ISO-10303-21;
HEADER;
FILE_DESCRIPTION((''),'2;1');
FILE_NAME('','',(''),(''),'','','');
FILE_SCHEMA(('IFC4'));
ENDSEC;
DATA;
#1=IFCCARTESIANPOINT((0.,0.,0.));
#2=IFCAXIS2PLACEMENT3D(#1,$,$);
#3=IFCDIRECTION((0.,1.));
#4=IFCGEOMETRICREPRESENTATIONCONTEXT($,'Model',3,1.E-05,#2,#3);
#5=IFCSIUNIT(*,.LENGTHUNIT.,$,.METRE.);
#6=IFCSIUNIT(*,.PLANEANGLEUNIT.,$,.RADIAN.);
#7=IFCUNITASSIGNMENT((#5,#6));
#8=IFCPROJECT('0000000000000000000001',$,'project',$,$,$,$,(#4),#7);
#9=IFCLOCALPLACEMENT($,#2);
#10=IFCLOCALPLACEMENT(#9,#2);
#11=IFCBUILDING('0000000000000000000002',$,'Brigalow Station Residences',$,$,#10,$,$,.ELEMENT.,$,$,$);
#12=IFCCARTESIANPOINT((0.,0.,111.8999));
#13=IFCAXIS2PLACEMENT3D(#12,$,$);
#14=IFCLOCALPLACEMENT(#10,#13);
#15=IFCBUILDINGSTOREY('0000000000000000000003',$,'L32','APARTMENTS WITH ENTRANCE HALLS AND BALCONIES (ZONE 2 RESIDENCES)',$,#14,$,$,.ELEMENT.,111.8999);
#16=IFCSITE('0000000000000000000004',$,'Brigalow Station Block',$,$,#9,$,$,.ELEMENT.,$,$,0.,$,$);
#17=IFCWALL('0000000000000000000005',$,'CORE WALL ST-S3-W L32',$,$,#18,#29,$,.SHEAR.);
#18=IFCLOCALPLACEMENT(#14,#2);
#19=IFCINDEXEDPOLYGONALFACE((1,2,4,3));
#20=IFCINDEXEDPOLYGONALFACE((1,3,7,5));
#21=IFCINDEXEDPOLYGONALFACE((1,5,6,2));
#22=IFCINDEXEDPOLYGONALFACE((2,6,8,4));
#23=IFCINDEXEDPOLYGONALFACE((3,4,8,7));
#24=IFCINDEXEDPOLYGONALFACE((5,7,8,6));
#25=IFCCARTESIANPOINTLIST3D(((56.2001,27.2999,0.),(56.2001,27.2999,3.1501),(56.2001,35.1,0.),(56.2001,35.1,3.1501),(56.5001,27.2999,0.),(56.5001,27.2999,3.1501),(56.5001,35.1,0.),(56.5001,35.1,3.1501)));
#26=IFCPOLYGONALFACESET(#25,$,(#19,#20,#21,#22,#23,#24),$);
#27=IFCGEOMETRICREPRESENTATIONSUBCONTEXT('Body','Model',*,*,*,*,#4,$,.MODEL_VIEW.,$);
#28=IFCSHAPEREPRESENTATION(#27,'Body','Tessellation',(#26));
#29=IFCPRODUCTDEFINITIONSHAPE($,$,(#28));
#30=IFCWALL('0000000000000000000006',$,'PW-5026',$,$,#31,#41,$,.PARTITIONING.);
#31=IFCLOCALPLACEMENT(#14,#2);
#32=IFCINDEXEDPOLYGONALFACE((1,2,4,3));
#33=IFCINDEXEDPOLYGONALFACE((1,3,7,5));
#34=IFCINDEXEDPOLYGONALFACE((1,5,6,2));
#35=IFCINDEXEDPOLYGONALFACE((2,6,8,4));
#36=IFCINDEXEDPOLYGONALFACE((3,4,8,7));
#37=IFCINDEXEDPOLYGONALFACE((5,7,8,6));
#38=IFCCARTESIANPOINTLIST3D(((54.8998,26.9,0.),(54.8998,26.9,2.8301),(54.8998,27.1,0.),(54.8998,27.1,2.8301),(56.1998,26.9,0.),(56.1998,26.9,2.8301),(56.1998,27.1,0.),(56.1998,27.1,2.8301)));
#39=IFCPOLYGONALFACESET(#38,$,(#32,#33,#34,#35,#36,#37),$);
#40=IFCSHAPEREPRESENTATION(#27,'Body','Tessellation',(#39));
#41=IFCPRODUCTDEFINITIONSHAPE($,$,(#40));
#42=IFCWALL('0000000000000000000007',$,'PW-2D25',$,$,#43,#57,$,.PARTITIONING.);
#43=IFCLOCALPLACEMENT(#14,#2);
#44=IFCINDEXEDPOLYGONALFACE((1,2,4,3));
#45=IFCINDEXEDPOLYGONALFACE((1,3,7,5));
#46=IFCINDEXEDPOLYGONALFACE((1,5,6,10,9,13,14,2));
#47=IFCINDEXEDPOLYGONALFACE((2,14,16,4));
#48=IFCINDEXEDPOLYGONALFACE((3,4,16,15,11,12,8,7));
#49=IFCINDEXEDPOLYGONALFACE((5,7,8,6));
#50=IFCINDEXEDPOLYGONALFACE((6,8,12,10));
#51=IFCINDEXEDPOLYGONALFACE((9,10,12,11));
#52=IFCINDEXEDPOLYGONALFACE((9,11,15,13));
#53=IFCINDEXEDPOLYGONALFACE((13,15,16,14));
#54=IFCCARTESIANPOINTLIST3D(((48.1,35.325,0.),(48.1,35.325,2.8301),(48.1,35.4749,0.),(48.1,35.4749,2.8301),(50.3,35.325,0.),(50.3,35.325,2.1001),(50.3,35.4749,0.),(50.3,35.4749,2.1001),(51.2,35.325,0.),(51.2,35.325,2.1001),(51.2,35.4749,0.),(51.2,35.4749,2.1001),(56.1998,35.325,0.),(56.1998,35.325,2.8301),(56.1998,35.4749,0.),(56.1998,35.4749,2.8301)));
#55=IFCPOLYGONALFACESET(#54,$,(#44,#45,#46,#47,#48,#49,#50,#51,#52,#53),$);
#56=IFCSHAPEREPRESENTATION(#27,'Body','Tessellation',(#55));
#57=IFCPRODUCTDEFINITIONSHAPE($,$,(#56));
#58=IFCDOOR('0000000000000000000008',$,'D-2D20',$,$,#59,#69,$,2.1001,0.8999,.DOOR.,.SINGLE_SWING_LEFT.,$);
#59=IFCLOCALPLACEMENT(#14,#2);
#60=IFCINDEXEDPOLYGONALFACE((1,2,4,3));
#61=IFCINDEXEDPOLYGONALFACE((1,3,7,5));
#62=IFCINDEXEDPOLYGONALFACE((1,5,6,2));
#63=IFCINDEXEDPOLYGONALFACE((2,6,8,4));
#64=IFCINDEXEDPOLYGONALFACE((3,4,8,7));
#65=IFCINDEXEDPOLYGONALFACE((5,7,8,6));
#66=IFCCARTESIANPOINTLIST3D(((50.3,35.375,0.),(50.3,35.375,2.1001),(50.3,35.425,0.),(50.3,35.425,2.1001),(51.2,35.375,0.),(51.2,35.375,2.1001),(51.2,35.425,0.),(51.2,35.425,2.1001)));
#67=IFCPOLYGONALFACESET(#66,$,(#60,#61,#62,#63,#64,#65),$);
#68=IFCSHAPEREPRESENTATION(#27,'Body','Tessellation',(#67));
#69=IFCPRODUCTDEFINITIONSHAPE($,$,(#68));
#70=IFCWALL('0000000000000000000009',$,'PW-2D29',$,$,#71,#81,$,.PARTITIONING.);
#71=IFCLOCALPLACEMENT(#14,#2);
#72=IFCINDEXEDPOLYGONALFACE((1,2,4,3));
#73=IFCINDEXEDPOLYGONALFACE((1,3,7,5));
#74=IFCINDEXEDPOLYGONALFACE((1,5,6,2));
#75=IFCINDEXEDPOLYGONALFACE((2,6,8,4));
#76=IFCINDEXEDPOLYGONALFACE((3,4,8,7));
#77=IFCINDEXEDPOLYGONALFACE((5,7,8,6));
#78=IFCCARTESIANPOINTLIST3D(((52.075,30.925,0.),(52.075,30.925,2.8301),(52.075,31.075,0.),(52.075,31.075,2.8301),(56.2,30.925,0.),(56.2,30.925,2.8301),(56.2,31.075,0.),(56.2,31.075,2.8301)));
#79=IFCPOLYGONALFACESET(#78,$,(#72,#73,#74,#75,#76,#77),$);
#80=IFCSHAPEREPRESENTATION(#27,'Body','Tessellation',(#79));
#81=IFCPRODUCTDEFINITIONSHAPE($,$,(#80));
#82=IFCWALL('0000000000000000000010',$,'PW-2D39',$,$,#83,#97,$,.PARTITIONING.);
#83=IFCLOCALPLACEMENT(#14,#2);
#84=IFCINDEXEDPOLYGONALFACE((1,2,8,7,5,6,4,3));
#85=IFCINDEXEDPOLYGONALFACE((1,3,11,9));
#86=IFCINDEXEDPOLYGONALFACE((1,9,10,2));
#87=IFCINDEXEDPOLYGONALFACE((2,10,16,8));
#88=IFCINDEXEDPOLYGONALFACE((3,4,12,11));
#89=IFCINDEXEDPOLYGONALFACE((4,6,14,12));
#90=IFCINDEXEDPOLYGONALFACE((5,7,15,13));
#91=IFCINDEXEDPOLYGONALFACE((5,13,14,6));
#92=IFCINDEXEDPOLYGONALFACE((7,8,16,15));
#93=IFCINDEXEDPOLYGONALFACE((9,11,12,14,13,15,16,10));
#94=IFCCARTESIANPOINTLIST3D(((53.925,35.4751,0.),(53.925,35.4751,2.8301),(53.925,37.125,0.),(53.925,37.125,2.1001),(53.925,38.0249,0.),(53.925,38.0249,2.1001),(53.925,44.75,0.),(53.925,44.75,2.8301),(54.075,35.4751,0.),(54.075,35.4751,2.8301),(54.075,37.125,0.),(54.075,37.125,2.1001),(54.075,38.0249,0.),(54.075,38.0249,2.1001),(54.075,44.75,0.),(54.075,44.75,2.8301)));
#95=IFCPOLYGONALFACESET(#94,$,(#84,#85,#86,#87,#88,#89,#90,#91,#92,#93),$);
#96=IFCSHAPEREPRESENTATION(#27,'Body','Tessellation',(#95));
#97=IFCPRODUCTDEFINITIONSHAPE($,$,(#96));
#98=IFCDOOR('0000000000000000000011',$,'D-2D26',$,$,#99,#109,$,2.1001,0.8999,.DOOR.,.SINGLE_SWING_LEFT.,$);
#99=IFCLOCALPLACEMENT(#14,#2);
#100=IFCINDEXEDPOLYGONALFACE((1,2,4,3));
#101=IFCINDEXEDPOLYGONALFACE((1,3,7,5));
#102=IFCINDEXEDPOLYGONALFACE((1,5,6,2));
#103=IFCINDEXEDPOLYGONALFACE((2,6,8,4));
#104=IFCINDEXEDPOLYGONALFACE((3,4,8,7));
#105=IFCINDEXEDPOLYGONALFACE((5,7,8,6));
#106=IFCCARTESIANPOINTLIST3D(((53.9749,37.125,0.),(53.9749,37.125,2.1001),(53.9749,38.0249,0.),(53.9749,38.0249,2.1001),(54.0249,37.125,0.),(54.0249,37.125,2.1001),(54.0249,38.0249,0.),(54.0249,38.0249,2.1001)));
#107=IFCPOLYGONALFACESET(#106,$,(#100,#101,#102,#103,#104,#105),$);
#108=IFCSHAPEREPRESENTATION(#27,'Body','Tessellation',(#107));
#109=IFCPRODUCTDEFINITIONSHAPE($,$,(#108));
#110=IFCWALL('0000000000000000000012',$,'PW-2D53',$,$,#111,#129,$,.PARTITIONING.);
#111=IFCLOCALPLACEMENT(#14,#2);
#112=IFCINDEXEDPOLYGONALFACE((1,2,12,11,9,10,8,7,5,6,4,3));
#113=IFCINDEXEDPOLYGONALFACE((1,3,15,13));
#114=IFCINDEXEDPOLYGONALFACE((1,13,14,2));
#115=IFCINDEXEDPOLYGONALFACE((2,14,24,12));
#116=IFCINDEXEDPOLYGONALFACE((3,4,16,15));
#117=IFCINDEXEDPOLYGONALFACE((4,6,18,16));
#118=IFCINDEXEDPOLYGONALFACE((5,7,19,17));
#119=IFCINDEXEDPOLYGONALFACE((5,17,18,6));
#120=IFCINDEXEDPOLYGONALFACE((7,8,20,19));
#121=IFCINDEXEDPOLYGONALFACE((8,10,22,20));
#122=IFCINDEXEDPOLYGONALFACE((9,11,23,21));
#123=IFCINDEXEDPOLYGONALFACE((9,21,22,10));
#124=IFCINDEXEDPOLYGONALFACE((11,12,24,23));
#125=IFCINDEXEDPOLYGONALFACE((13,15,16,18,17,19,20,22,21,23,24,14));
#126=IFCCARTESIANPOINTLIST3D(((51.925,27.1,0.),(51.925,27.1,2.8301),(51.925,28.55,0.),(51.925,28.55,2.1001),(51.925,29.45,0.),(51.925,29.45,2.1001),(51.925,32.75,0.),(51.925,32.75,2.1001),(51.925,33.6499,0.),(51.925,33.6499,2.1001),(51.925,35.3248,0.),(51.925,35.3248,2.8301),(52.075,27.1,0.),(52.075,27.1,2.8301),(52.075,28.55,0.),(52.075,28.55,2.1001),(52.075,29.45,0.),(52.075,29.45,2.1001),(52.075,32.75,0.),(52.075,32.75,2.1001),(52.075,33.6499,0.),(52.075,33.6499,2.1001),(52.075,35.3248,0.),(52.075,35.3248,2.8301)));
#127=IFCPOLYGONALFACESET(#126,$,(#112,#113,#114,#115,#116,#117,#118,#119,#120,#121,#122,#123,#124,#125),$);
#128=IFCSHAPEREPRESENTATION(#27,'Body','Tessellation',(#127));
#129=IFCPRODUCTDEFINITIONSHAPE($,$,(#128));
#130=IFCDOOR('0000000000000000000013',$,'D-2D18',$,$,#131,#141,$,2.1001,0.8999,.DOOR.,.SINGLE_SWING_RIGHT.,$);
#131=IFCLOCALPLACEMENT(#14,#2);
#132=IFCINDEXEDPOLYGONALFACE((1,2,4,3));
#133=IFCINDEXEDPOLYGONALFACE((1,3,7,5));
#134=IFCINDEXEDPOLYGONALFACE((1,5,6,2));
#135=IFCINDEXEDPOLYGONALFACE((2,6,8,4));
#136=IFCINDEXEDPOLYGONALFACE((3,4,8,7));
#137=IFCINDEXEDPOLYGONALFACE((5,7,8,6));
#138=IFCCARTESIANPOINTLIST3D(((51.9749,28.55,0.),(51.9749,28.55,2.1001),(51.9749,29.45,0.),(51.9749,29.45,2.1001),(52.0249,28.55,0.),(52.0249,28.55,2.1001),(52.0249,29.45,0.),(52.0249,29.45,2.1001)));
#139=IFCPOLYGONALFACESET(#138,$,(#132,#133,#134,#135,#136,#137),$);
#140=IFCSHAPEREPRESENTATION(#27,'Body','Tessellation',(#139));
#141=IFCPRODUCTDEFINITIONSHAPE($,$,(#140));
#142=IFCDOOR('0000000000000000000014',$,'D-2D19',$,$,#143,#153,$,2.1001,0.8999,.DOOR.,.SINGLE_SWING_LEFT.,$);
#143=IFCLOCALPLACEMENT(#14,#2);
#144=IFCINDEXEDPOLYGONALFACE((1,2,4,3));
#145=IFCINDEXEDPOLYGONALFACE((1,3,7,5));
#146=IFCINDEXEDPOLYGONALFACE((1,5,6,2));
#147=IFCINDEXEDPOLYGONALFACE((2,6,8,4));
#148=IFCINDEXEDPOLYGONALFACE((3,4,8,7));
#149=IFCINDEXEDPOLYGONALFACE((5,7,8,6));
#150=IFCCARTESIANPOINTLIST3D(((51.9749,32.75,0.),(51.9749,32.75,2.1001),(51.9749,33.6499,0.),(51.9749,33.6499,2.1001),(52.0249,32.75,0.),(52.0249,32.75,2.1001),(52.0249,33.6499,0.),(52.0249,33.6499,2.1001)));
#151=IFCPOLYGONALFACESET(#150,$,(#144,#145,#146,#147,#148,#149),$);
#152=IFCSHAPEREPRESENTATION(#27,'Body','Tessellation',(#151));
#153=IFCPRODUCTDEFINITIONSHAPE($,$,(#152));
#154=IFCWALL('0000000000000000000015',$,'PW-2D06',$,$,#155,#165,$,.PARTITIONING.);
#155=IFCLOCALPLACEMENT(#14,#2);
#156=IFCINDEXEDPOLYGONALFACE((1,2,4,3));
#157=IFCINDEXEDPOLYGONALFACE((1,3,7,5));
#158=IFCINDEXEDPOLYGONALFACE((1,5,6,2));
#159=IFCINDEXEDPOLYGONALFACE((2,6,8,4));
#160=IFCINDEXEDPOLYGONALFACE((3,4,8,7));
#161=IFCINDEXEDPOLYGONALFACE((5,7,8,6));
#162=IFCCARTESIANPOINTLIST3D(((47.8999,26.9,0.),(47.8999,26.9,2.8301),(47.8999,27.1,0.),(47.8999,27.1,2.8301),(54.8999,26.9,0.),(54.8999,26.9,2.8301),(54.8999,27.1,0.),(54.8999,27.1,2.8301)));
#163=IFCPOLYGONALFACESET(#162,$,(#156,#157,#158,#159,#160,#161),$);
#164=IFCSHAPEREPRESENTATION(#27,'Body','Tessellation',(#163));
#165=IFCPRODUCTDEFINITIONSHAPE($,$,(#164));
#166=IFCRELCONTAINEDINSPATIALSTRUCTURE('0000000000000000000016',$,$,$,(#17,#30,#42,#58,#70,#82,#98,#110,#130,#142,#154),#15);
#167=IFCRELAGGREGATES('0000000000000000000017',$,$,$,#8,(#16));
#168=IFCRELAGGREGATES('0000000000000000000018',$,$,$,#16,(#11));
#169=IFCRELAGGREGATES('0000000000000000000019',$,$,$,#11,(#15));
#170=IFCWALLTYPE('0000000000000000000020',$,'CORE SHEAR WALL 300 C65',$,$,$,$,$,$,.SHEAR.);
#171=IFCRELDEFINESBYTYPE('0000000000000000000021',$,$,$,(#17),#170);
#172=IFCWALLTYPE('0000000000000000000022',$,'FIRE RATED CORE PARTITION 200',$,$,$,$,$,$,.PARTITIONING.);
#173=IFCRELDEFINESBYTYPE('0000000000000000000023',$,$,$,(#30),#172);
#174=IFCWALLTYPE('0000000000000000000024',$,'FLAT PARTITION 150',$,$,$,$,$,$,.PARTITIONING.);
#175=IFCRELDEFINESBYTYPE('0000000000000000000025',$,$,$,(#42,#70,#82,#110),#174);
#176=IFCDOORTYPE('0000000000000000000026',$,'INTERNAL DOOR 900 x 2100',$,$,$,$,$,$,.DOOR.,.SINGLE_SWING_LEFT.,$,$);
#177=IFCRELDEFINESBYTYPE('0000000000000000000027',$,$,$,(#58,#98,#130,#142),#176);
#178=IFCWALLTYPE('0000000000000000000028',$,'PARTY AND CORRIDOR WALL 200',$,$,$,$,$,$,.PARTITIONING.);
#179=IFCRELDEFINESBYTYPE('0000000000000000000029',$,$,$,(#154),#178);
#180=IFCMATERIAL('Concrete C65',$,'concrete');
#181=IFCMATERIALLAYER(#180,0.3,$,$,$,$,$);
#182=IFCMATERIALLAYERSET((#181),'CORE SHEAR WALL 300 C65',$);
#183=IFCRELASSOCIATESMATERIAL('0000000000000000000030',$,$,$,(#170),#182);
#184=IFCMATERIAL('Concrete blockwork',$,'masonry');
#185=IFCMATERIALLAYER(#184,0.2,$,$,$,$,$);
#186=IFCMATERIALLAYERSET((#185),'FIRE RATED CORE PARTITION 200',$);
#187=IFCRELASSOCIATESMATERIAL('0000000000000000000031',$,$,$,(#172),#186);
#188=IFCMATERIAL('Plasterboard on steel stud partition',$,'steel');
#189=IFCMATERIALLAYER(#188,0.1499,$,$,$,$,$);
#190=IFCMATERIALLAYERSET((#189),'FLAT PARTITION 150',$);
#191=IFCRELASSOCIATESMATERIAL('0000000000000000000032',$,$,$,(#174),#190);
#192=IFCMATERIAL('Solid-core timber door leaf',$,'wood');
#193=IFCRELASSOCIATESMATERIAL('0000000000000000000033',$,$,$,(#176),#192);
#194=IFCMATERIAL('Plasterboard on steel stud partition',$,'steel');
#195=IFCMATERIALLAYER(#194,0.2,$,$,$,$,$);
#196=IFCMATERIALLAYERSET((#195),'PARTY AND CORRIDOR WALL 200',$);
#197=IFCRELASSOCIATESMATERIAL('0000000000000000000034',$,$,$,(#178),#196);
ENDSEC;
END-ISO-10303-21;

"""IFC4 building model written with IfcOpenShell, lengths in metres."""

from ifc_helpers import new_model, si_unit, direction, frame, frame_2d, origin, place, context, subcontext, project, spatial, rectangle, extrude, material, layer, layer_set, type_object, element, fill, save


model = new_model("IFC4")

# Units and contexts
model_context = context("Model", 3, precision=1e-05, world=origin(), true_north=direction((0.0, 1.0)))
body_context = subcontext(model_context, "Body", "Model", "MODEL_VIEW")
ifc_project = project(units=[si_unit("LENGTHUNIT", "METRE"), si_unit("PLANEANGLEUNIT", "RADIAN")], contexts=[model_context])

# Site, building, storey
site_placement = place(None, origin())
site = spatial("IfcSite", under=ifc_project, at=site_placement, Name="Brigalow Station Block", CompositionType="ELEMENT", RefElevation=0.0)
building_placement = place(site_placement, origin())
building = spatial("IfcBuilding", under=site, at=building_placement, Name="Brigalow Station Residences", CompositionType="ELEMENT")
storey_placement = place(building_placement, frame((0.0, 0.0, 111.8999)))
storey = spatial("IfcBuildingStorey", under=building, at=storey_placement, Name="L32", Description="APARTMENTS WITH ENTRANCE HALLS AND BALCONIES (ZONE 2 RESIDENCES)", CompositionType="ELEMENT", Elevation=111.8999)

# Shared definitions
ifc_material_1 = material(Name="Concrete C65", Category="concrete")
ifc_layer_1 = layer(ifc_material_1, 0.3)
ifc_layer_set_1 = layer_set([ifc_layer_1], Name="CORE SHEAR WALL 300 C65")
wall_type_1 = type_object("IfcWallType", Name="CORE SHEAR WALL 300 C65", PredefinedType="SHEAR", material=ifc_layer_set_1)

# Walls
wall_1_placement = place(storey_placement, frame((56.3501, 27.3, 0.0), z_axis=(0.0, 0.0, 1.0), x_axis=(0.0, 1.0, 0.0)))
element("IfcWall", 1, at=wall_1_placement, inside=storey, type_object=wall_type_1, Name="CORE WALL ST-S3-W L32", PredefinedType="SHEAR", context=body_context, shape_type="SweptSolid", body=[
    extrude(rectangle(XDim=7.8, YDim=0.3, at=frame_2d((3.8999, 0.0))), origin(), (0.0, 0.0, 1.0), 3.1501),
])
ifc_material_2 = material(Name="Concrete blockwork", Category="masonry")
ifc_layer_2 = layer(ifc_material_2, 0.2)
ifc_layer_set_2 = layer_set([ifc_layer_2], Name="FIRE RATED CORE PARTITION 200")
wall_type_2 = type_object("IfcWallType", Name="FIRE RATED CORE PARTITION 200", PredefinedType="PARTITIONING", material=ifc_layer_set_2)
wall_2_placement = place(storey_placement, frame((54.8999, 27.0, 0.0), z_axis=(0.0, 0.0, 1.0), x_axis=(1.0, 0.0, 0.0)))
element("IfcWall", 2, at=wall_2_placement, inside=storey, type_object=wall_type_2, Name="PW-5026", PredefinedType="PARTITIONING", context=body_context, shape_type="SweptSolid", body=[
    extrude(rectangle(XDim=1.3, YDim=0.2, at=frame_2d((0.6499, 0.0))), origin(), (0.0, 0.0, 1.0), 2.8301),
])

# Wall, opening, door
ifc_material_3 = material(Name="Plasterboard on steel stud partition", Category="steel")
ifc_layer_3 = layer(ifc_material_3, 0.1499)
ifc_layer_set_3 = layer_set([ifc_layer_3], Name="FLAT PARTITION 150")
wall_type_3 = type_object("IfcWallType", Name="FLAT PARTITION 150", PredefinedType="PARTITIONING", material=ifc_layer_set_3)
wall_3_placement = place(storey_placement, frame((48.1001, 35.3999, 0.0), z_axis=(0.0, 0.0, 1.0), x_axis=(1.0, 0.0, 0.0)))
wall_3 = element("IfcWall", 3, at=wall_3_placement, inside=storey, type_object=wall_type_3, Name="PW-2D25", PredefinedType="PARTITIONING", context=body_context, shape_type="SweptSolid", body=[
    extrude(rectangle(XDim=8.0999, YDim=0.1499, at=frame_2d((4.0498, 0.0))), origin(), (0.0, 0.0, 1.0), 2.8301),
])
opening_1_placement = place(wall_3_placement, frame((2.2, 0.0, 0.0)))
opening_1 = element("IfcOpeningElement", 4, at=opening_1_placement, cuts=wall_3, PredefinedType="OPENING", context=body_context, shape_type="SweptSolid", body=[
    extrude(rectangle(XDim=0.8999, YDim=2.1001, at=frame_2d((0.45, 1.05))), frame((0.0, 0.085, 0.0), z_axis=(0.0, -1.0, 0.0), x_axis=(1.0, 0.0, 0.0)), (0.0, 0.0, 1.0), 0.1699),
])
ifc_material_4 = material(Name="Solid-core timber door leaf", Category="wood")
door_type_1 = type_object("IfcDoorType", Name="INTERNAL DOOR 900 x 2100", OperationType="SINGLE_SWING_LEFT", PredefinedType="DOOR", material=ifc_material_4)
door_1_placement = place(opening_1_placement, frame((0.8999, 0.0, 0.0), z_axis=(0.0, 0.0, 1.0), x_axis=(-1.0, 0.0, 0.0)))
door_1 = element("IfcDoor", 5, at=door_1_placement, inside=storey, type_object=door_type_1, Name="D-2D20", OperationType="SINGLE_SWING_LEFT", OverallHeight=2.1001, OverallWidth=0.8999, PredefinedType="DOOR", context=body_context, shape_type="SweptSolid", body=[
    extrude(rectangle(XDim=0.8999, YDim=2.1001, at=frame_2d((0.45, 1.05))), frame((0.0, 0.0249, 0.0), z_axis=(0.0, -1.0, 0.0), x_axis=(1.0, 0.0, 0.0)), (0.0, 0.0, 1.0), 0.05),
])
fill(opening_1, door_1)

# Wall
wall_4_placement = place(storey_placement, frame((52.075, 31.0, 0.0), z_axis=(0.0, 0.0, 1.0), x_axis=(1.0, 0.0, 0.0)))
element("IfcWall", 6, at=wall_4_placement, inside=storey, type_object=wall_type_3, Name="PW-2D29", PredefinedType="PARTITIONING", context=body_context, shape_type="SweptSolid", body=[
    extrude(rectangle(XDim=4.125, YDim=0.1499, at=frame_2d((2.0625, 0.0))), origin(), (0.0, 0.0, 1.0), 2.8301),
])

# Wall, opening, door
wall_5_placement = place(storey_placement, frame((54.0, 35.4751, 0.0), z_axis=(0.0, 0.0, 1.0), x_axis=(0.0, 1.0, 0.0)))
wall_5 = element("IfcWall", 7, at=wall_5_placement, inside=storey, type_object=wall_type_3, Name="PW-2D39", PredefinedType="PARTITIONING", context=body_context, shape_type="SweptSolid", body=[
    extrude(rectangle(XDim=9.2749, YDim=0.1499, at=frame_2d((4.6375, 0.0))), origin(), (0.0, 0.0, 1.0), 2.8301),
])
opening_2_placement = place(wall_5_placement, frame((1.6499, 0.0, 0.0)))
opening_2 = element("IfcOpeningElement", 8, at=opening_2_placement, cuts=wall_5, PredefinedType="OPENING", context=body_context, shape_type="SweptSolid", body=[
    extrude(rectangle(XDim=0.8999, YDim=2.1001, at=frame_2d((0.45, 1.05))), frame((0.0, 0.085, 0.0), z_axis=(0.0, -1.0, 0.0), x_axis=(1.0, 0.0, 0.0)), (0.0, 0.0, 1.0), 0.1699),
])
door_2_placement = place(opening_2_placement, frame((0.8999, 0.0, 0.0), z_axis=(0.0, 0.0, 1.0), x_axis=(-1.0, 0.0, 0.0)))
door_2 = element("IfcDoor", 9, at=door_2_placement, inside=storey, type_object=door_type_1, Name="D-2D26", OperationType="SINGLE_SWING_LEFT", OverallHeight=2.1001, OverallWidth=0.8999, PredefinedType="DOOR", context=body_context, shape_type="SweptSolid", body=[
    extrude(rectangle(XDim=0.8999, YDim=2.1001, at=frame_2d((0.45, 1.05))), frame((0.0, 0.0249, 0.0), z_axis=(0.0, -1.0, 0.0), x_axis=(1.0, 0.0, 0.0)), (0.0, 0.0, 1.0), 0.05),
])
fill(opening_2, door_2)

# Wall, openings, doors
wall_6_placement = place(storey_placement, frame((52.0, 27.1001, 0.0), z_axis=(0.0, 0.0, 1.0), x_axis=(0.0, 1.0, 0.0)))
wall_6 = element("IfcWall", 10, at=wall_6_placement, inside=storey, type_object=wall_type_3, Name="PW-2D53", PredefinedType="PARTITIONING", context=body_context, shape_type="SweptSolid", body=[
    extrude(rectangle(XDim=8.2249, YDim=0.1499, at=frame_2d((4.1123, 0.0))), origin(), (0.0, 0.0, 1.0), 2.8301),
])
opening_3_placement = place(wall_6_placement, frame((1.45, 0.0, 0.0)))
opening_3 = element("IfcOpeningElement", 11, at=opening_3_placement, cuts=wall_6, PredefinedType="OPENING", context=body_context, shape_type="SweptSolid", body=[
    extrude(rectangle(XDim=0.8999, YDim=2.1001, at=frame_2d((0.45, 1.05))), frame((0.0, 0.085, 0.0), z_axis=(0.0, -1.0, 0.0), x_axis=(1.0, 0.0, 0.0)), (0.0, 0.0, 1.0), 0.1699),
])
opening_4_placement = place(wall_6_placement, frame((5.6499, 0.0, 0.0)))
opening_4 = element("IfcOpeningElement", 12, at=opening_4_placement, cuts=wall_6, PredefinedType="OPENING", context=body_context, shape_type="SweptSolid", body=[
    extrude(rectangle(XDim=0.8999, YDim=2.1001, at=frame_2d((0.45, 1.05))), frame((0.0, 0.085, 0.0), z_axis=(0.0, -1.0, 0.0), x_axis=(1.0, 0.0, 0.0)), (0.0, 0.0, 1.0), 0.1699),
])
door_3_placement = place(opening_3_placement, frame((0.8999, 0.0, 0.0), z_axis=(0.0, 0.0, 1.0), x_axis=(-1.0, 0.0, 0.0)))
door_3 = element("IfcDoor", 13, at=door_3_placement, inside=storey, type_object=door_type_1, Name="D-2D18", OperationType="SINGLE_SWING_RIGHT", OverallHeight=2.1001, OverallWidth=0.8999, PredefinedType="DOOR", context=body_context, shape_type="SweptSolid", body=[
    extrude(rectangle(XDim=0.8999, YDim=2.1001, at=frame_2d((0.45, 1.05))), frame((0.0, 0.0249, 0.0), z_axis=(0.0, -1.0, 0.0), x_axis=(1.0, 0.0, 0.0)), (0.0, 0.0, 1.0), 0.05),
])
fill(opening_3, door_3)
door_4_placement = place(opening_4_placement, frame((0.8999, 0.0, 0.0), z_axis=(0.0, 0.0, 1.0), x_axis=(-1.0, 0.0, 0.0)))
door_4 = element("IfcDoor", 14, at=door_4_placement, inside=storey, type_object=door_type_1, Name="D-2D19", OperationType="SINGLE_SWING_LEFT", OverallHeight=2.1001, OverallWidth=0.8999, PredefinedType="DOOR", context=body_context, shape_type="SweptSolid", body=[
    extrude(rectangle(XDim=0.8999, YDim=2.1001, at=frame_2d((0.45, 1.05))), frame((0.0, 0.0249, 0.0), z_axis=(0.0, -1.0, 0.0), x_axis=(1.0, 0.0, 0.0)), (0.0, 0.0, 1.0), 0.05),
])
fill(opening_4, door_4)

# Wall
ifc_material_5 = material(Name="Plasterboard on steel stud partition", Category="steel")
ifc_layer_4 = layer(ifc_material_5, 0.2)
ifc_layer_set_4 = layer_set([ifc_layer_4], Name="PARTY AND CORRIDOR WALL 200")
wall_type_4 = type_object("IfcWallType", Name="PARTY AND CORRIDOR WALL 200", PredefinedType="PARTITIONING", material=ifc_layer_set_4)
wall_7_placement = place(storey_placement, frame((47.8999, 27.0, 0.0), z_axis=(0.0, 0.0, 1.0), x_axis=(1.0, 0.0, 0.0)))
element("IfcWall", 15, at=wall_7_placement, inside=storey, type_object=wall_type_4, Name="PW-2D06", PredefinedType="PARTITIONING", context=body_context, shape_type="SweptSolid", body=[
    extrude(rectangle(XDim=7.0, YDim=0.2, at=frame_2d((3.5, 0.0))), origin(), (0.0, 0.0, 1.0), 2.8301),
])

save(model, "model.ifc")
